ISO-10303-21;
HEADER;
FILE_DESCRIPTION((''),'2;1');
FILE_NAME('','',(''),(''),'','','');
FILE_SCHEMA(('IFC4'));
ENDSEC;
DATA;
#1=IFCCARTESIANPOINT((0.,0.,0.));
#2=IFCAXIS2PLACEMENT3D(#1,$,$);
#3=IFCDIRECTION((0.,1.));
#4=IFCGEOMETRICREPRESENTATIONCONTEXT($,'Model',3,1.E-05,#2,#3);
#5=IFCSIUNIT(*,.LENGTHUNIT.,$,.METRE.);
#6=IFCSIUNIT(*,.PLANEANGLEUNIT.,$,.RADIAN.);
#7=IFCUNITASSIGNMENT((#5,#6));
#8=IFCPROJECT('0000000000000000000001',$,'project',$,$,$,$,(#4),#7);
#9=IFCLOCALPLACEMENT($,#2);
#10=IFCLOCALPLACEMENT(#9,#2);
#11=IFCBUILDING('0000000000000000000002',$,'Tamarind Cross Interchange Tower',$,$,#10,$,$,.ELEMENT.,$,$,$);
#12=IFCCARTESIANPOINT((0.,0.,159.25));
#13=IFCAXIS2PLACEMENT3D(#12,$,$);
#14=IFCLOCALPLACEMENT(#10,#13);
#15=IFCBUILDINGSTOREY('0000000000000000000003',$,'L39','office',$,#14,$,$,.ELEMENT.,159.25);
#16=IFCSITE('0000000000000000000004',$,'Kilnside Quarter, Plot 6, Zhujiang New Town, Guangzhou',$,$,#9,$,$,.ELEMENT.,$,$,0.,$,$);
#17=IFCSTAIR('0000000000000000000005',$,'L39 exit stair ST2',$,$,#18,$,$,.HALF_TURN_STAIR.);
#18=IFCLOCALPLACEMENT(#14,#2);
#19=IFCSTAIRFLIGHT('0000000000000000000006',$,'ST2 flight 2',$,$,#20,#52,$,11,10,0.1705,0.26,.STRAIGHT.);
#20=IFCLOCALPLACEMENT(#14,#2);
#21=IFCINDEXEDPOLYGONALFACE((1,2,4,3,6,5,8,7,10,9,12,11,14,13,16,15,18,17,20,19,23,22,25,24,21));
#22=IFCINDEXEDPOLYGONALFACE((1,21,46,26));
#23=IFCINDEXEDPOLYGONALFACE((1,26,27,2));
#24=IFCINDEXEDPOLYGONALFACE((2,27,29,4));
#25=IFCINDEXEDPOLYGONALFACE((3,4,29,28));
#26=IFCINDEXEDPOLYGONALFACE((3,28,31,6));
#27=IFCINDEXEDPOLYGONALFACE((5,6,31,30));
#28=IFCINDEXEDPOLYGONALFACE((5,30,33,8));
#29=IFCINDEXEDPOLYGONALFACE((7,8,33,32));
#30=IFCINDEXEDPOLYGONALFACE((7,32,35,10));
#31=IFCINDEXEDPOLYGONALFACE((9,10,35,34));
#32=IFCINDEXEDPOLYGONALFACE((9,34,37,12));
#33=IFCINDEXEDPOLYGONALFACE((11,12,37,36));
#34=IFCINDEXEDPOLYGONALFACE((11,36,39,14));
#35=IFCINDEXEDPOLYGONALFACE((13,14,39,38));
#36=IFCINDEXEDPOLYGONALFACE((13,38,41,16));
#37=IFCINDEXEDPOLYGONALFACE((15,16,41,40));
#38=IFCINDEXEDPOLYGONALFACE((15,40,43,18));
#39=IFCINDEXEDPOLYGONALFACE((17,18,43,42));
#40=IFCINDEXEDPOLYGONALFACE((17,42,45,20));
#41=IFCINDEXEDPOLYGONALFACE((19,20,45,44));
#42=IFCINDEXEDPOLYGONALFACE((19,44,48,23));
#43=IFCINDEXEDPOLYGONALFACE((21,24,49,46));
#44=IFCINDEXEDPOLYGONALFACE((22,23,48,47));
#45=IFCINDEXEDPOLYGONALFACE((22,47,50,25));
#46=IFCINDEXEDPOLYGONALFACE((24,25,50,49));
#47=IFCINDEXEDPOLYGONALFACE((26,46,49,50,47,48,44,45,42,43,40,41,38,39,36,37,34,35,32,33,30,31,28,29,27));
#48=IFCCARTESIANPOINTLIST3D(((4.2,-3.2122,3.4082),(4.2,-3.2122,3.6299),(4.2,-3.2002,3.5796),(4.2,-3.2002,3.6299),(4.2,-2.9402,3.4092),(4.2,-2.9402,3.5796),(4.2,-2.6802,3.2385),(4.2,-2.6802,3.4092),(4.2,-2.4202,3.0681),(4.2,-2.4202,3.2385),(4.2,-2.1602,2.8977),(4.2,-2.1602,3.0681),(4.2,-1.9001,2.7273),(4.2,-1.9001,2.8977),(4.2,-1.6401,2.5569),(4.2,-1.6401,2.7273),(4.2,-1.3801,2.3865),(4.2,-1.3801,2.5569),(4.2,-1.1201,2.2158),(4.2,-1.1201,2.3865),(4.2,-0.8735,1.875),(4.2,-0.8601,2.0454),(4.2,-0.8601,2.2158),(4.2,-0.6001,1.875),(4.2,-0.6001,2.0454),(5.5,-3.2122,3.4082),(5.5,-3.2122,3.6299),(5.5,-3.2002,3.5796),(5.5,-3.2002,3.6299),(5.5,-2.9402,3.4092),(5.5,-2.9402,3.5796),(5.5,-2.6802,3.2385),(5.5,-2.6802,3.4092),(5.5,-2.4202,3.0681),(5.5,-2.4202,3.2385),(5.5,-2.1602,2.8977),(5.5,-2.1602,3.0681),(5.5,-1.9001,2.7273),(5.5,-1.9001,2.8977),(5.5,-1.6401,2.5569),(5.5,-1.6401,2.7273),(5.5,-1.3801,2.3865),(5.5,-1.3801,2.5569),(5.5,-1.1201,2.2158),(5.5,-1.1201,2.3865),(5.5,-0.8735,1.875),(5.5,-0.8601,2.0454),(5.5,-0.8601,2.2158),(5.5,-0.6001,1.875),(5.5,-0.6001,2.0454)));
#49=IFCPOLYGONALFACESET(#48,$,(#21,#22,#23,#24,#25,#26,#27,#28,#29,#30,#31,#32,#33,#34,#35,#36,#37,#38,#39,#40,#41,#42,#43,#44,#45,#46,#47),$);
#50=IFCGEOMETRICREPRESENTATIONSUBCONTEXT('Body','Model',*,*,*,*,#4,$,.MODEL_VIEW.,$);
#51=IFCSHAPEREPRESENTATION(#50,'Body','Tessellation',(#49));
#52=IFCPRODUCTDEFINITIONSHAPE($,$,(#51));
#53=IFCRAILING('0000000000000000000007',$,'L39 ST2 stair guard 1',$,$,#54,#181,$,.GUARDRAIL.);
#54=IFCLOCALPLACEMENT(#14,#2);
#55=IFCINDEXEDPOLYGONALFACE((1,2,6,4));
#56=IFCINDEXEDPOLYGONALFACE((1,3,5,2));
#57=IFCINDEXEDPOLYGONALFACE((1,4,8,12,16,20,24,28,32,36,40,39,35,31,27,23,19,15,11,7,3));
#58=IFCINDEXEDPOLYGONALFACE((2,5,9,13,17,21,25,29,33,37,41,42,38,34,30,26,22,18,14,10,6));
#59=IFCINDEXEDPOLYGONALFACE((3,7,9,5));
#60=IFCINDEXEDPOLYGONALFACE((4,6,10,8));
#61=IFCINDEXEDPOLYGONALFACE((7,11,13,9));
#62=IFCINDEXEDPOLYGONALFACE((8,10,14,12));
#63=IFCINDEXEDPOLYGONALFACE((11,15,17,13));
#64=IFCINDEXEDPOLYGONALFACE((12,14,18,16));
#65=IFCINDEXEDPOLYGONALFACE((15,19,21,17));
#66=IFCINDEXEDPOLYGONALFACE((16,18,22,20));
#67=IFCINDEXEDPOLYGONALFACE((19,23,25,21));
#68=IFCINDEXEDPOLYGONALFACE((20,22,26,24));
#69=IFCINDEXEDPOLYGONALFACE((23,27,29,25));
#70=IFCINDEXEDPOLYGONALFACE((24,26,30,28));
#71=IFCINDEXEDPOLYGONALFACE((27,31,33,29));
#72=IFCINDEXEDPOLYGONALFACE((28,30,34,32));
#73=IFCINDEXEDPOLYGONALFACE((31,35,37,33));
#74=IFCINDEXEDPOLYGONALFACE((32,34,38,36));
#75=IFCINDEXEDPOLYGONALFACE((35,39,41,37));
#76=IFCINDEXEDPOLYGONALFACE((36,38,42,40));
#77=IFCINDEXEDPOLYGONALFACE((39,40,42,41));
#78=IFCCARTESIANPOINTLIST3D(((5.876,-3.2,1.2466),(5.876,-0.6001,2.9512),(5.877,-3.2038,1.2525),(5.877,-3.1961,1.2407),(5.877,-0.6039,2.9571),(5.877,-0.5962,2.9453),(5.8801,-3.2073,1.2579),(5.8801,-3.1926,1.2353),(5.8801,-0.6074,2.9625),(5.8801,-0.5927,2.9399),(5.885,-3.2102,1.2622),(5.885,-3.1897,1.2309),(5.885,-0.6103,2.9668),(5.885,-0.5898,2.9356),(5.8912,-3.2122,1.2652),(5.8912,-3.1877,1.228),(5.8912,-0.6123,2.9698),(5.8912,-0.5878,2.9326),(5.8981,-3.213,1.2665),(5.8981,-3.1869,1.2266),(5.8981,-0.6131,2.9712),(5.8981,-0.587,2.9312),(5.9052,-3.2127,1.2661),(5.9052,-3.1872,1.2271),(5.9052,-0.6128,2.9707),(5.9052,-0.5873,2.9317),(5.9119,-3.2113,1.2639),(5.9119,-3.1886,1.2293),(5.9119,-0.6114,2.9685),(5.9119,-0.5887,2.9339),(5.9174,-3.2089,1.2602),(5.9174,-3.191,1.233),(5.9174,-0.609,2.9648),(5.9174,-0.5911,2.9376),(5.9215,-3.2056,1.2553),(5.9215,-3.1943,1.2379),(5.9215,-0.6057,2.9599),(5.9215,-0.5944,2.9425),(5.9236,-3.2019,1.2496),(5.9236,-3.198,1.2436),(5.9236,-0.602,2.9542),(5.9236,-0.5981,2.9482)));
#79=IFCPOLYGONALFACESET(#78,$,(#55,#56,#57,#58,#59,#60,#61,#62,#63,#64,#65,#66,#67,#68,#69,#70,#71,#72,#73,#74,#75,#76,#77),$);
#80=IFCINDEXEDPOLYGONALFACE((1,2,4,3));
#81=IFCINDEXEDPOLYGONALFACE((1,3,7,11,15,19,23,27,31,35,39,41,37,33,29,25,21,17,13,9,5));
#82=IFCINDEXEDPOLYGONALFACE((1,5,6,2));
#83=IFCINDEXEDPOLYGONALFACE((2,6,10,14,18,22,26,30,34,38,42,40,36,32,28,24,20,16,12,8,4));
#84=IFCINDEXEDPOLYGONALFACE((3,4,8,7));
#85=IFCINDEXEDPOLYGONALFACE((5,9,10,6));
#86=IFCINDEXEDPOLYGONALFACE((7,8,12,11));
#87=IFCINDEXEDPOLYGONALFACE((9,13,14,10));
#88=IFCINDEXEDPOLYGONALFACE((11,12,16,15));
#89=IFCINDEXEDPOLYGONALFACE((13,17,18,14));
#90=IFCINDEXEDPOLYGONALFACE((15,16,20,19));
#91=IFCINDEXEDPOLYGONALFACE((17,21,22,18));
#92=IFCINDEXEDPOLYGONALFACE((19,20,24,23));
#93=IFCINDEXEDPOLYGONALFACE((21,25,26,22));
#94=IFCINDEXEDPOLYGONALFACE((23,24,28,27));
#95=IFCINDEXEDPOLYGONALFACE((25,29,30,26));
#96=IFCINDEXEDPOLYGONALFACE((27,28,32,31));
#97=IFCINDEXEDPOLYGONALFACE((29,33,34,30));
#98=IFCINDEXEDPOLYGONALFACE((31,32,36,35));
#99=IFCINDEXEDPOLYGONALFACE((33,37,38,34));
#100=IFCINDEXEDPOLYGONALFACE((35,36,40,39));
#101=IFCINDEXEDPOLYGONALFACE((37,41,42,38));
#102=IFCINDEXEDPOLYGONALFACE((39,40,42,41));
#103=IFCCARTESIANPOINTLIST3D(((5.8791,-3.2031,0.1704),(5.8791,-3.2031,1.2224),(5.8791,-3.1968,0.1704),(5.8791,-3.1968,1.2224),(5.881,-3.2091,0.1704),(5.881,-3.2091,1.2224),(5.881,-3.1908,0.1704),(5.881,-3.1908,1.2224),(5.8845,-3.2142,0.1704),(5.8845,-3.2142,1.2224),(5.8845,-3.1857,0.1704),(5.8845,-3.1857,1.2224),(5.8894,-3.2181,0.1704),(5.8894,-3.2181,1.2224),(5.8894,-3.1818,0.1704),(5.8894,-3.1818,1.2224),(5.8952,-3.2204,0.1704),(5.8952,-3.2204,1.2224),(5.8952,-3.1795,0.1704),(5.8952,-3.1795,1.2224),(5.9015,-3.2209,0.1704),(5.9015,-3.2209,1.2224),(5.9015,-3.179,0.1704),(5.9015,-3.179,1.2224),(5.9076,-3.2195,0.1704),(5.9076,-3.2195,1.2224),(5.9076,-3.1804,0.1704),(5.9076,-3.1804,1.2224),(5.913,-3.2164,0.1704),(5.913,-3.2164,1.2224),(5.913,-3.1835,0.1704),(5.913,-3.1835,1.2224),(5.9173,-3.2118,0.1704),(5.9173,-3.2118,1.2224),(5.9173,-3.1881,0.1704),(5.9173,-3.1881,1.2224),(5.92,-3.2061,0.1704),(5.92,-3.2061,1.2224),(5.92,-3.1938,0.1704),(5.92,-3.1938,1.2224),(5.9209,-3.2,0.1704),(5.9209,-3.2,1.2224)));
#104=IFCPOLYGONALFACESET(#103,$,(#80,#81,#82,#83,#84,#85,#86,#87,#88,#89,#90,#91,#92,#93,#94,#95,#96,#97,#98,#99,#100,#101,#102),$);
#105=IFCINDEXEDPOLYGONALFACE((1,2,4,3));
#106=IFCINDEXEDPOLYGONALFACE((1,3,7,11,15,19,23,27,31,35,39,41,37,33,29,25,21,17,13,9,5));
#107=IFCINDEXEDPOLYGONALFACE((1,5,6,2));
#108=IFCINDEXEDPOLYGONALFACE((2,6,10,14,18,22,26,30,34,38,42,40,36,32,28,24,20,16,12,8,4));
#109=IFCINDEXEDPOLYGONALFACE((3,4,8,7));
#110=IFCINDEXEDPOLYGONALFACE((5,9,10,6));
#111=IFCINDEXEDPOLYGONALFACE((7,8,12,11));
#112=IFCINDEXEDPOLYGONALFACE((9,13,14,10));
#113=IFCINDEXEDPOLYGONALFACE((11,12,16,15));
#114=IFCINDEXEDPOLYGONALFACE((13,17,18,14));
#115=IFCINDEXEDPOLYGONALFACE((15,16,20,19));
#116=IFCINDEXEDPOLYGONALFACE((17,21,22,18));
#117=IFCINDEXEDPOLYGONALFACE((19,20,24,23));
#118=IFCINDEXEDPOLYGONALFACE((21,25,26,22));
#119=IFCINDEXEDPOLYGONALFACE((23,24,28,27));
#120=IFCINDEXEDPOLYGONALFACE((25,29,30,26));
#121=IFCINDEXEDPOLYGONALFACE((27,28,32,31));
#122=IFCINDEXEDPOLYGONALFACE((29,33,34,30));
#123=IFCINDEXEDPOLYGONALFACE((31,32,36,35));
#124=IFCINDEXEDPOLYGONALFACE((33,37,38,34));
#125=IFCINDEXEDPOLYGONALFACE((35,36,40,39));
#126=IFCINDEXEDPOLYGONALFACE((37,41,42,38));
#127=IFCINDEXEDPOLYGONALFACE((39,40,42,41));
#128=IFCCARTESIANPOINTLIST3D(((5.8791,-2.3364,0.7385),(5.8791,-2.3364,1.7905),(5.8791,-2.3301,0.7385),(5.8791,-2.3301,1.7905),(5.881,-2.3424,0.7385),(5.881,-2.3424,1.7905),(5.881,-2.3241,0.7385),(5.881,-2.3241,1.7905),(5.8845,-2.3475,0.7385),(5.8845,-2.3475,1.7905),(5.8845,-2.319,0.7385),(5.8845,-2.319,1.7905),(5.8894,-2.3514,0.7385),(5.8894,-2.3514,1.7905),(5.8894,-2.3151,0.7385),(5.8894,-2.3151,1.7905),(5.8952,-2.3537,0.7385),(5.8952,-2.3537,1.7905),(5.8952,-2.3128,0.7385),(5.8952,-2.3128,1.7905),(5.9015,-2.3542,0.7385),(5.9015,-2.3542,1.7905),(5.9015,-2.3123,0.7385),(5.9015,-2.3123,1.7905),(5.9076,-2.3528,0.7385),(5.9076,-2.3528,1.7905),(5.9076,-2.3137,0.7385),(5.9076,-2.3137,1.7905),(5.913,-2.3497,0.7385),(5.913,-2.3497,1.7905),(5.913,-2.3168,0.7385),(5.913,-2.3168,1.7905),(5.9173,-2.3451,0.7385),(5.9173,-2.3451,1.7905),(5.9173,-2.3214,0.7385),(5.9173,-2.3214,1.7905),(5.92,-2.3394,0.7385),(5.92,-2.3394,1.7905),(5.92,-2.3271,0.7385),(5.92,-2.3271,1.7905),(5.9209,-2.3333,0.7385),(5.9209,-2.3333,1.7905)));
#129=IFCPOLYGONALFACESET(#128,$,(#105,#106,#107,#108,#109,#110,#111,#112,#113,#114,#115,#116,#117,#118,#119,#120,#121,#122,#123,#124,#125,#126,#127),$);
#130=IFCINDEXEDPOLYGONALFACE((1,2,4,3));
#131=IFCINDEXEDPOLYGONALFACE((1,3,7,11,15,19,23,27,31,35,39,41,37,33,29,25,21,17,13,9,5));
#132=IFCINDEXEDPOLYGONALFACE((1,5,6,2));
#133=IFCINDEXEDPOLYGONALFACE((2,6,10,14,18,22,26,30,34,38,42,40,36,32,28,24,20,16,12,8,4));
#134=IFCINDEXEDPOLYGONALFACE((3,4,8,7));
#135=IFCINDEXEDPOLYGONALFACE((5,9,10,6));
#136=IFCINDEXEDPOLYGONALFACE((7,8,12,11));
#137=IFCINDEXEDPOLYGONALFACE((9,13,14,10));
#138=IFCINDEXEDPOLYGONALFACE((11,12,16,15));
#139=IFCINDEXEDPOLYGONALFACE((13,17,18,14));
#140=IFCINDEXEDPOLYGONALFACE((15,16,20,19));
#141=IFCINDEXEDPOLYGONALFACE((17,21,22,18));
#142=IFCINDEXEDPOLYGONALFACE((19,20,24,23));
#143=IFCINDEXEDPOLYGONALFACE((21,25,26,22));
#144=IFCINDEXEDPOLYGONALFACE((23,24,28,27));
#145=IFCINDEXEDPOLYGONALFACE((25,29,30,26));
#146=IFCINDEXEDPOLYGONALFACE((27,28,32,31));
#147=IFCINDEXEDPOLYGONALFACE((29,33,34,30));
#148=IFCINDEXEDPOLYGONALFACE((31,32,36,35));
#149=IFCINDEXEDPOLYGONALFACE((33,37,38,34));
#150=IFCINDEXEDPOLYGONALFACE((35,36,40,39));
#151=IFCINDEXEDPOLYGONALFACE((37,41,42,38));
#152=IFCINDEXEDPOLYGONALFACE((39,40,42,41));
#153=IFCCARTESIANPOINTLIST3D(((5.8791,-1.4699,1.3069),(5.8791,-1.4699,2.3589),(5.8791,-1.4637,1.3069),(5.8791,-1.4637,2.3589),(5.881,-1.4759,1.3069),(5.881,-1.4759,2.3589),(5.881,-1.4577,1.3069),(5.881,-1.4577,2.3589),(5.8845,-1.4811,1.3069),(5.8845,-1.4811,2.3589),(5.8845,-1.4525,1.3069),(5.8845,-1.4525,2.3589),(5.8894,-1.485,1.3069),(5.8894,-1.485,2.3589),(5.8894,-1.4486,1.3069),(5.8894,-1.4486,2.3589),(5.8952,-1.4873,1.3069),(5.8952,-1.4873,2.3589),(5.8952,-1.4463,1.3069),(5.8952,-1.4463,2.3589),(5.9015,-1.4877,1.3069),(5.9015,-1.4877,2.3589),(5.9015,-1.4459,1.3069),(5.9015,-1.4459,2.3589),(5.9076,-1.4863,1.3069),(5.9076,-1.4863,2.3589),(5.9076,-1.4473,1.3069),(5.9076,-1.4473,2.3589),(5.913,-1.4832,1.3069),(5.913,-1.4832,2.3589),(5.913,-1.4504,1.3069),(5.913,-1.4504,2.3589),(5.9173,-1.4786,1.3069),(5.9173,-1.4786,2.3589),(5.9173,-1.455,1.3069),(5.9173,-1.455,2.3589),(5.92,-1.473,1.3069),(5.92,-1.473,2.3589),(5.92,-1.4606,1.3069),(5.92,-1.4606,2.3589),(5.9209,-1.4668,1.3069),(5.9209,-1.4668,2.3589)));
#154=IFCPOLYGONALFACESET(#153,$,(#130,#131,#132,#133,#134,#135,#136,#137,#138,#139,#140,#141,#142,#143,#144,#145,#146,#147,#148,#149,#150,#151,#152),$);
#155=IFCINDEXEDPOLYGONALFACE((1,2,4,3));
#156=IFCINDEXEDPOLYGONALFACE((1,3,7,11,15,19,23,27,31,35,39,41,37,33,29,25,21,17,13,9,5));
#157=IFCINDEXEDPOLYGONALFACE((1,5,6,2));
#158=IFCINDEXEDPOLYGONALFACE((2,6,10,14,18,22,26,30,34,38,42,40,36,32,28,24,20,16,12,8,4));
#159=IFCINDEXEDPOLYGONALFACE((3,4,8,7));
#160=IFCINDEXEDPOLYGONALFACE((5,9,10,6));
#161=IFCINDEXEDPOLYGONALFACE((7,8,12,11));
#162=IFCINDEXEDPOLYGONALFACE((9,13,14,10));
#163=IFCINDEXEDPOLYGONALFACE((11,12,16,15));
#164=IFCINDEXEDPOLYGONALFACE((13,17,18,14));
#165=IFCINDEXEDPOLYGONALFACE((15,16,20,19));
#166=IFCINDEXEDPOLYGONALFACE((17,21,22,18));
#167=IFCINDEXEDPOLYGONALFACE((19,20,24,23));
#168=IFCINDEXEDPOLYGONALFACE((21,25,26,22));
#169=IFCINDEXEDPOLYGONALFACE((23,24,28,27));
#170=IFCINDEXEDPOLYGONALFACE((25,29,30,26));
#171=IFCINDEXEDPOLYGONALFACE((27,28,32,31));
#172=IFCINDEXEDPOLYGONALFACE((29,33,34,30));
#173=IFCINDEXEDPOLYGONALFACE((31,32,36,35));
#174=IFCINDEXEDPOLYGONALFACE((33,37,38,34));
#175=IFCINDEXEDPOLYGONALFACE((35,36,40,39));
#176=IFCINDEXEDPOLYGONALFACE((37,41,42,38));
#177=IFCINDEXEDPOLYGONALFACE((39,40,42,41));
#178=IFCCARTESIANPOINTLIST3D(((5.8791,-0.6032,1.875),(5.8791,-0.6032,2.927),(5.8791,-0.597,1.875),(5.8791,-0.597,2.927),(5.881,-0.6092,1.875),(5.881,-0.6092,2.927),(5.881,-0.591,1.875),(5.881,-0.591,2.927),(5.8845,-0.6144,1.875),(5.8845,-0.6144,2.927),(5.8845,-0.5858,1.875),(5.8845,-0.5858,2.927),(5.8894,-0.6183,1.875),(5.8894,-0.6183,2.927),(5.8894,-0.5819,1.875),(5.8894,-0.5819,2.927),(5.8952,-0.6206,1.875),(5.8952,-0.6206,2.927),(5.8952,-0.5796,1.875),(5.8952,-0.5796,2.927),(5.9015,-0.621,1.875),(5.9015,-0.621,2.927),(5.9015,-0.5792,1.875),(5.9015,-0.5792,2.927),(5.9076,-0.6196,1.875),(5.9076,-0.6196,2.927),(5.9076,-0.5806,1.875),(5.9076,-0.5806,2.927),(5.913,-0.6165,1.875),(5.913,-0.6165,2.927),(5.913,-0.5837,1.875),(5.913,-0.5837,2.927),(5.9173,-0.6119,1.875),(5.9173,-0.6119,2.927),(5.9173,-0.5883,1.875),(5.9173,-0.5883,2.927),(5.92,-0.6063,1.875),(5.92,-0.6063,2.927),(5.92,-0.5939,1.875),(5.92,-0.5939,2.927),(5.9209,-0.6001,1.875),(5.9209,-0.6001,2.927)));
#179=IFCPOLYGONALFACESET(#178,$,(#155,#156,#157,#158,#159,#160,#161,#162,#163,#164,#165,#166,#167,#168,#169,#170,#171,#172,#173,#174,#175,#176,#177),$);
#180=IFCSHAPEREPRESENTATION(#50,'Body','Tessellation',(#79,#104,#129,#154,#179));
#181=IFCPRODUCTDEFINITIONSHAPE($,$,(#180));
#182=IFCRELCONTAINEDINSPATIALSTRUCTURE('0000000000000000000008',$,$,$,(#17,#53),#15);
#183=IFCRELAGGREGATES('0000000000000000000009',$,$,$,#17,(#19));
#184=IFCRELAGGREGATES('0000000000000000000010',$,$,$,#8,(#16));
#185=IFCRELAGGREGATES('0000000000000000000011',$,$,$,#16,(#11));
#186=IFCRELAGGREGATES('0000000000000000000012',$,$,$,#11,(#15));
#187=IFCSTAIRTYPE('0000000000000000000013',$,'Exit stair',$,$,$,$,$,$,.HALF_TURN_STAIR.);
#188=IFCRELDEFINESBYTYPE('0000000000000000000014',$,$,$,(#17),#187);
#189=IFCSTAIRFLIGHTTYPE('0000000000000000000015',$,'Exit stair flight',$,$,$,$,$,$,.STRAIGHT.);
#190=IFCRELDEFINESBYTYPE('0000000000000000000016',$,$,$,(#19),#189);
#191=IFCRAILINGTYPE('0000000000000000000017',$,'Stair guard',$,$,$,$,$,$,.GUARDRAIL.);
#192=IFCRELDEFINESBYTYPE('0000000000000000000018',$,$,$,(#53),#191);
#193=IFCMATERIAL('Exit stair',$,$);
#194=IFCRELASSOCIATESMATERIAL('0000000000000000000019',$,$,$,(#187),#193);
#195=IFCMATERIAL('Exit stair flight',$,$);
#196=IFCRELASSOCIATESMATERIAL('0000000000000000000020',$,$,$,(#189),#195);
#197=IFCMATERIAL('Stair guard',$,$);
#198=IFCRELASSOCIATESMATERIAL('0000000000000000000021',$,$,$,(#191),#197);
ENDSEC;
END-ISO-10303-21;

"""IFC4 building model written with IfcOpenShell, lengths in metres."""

from ifc_helpers import new_model, si_unit, direction, frame, origin, origin_2d, place, context, subcontext, project, spatial, polyline, circle, outline, extrude, material, type_object, element, aggregate, save


model = new_model("IFC4")

# Units and contexts
model_context = context("Model", 3, precision=1e-05, world=origin(), true_north=direction((0.0, 1.0)))
body_context = subcontext(model_context, "Body", "Model", "MODEL_VIEW")
ifc_project = project(units=[si_unit("LENGTHUNIT", "METRE"), si_unit("PLANEANGLEUNIT", "RADIAN")], contexts=[model_context])

# Site, building, storey
site_placement = place(None, origin())
site = spatial("IfcSite", under=ifc_project, at=site_placement, Name="Kilnside Quarter, Plot 6, Zhujiang New Town, Guangzhou", CompositionType="ELEMENT", RefElevation=0.0)
building_placement = place(site_placement, origin())
building = spatial("IfcBuilding", under=site, at=building_placement, Name="Tamarind Cross Interchange Tower", CompositionType="ELEMENT")
storey_placement = place(building_placement, frame((0.0, 0.0, 159.25)))
storey = spatial("IfcBuildingStorey", under=building, at=storey_placement, Name="L39", Description="office", CompositionType="ELEMENT", Elevation=159.25)

# Stair, stair flight
ifc_material_1 = material(Name="Exit stair")
stair_type = type_object("IfcStairType", Name="Exit stair", PredefinedType="HALF_TURN_STAIR", material=ifc_material_1)
stair_placement = place(storey_placement, origin())
stair = element("IfcStair", 1, at=stair_placement, inside=storey, type_object=stair_type, Name="L39 exit stair ST2", PredefinedType="HALF_TURN_STAIR")
ifc_material_2 = material(Name="Exit stair flight")
stair_flight_type = type_object("IfcStairFlightType", Name="Exit stair flight", PredefinedType="STRAIGHT", material=ifc_material_2)
stair_flight_1_placement = place(storey_placement, frame((4.8501, -0.6001, 1.875), z_axis=(0.0, 0.0, 1.0), x_axis=(0.0, -1.0, 0.0)))
stair_flight_1 = element("IfcStairFlight", 2, at=stair_flight_1_placement, type_object=stair_flight_type, Name="ST2 flight 2", NumberOfRisers=11, NumberOfTreads=10, PredefinedType="STRAIGHT", RiserHeight=0.1705, TreadLength=0.26, context=body_context, shape_type="SweptSolid", body=[
    extrude(outline(polyline([(0.0, 0.0), (0.0, 0.1704), (0.26, 0.1704), (0.26, 0.3408), (0.52, 0.3408), (0.52, 0.5115), (0.78, 0.5115), (0.78, 0.6819), (1.04, 0.6819), (1.04, 0.8523), (1.3, 0.8523), (1.3, 1.0227), (1.5601, 1.0227), (1.5601, 1.1931), (1.8201, 1.1931), (1.8201, 1.3635), (2.0801, 1.3635), (2.0801, 1.5342), (2.3401, 1.5342), (2.3401, 1.7046), (2.6001, 1.7046), (2.6001, 1.7549), (2.6121, 1.7549), (2.6121, 1.5332), (0.2734, 0.0), (0.0, 0.0)])), frame((0.0, 0.6499, 0.0), z_axis=(0.0, -1.0, 0.0), x_axis=(1.0, 0.0, 0.0)), (0.0, 0.0, 1.0), 1.3),
])
aggregate(stair, [stair_flight_1])

# Railing
ifc_material_3 = material(Name="Stair guard")
railing_type_1 = type_object("IfcRailingType", Name="Stair guard", PredefinedType="GUARDRAIL", material=ifc_material_3)
railing_1_placement = place(storey_placement, frame((5.8999, -3.2, 0.1704)))
element("IfcRailing", 3, at=railing_1_placement, inside=storey, type_object=railing_type_1, Name="L39 ST2 stair guard 1", PredefinedType="GUARDRAIL", context=body_context, shape_type="SweptSolid", body=[
    extrude(circle(Radius=0.0239, at=origin_2d()), frame((0.0, 0.0, 1.0762), z_axis=(0.0, 0.836279, 0.548305), x_axis=(-1.0, 0.0, 0.0)), (0.0, 0.0, 1.0), 3.1089),
    extrude(circle(Radius=0.021, at=origin_2d()), origin(), (0.0, 0.0, 1.0), 1.052),
    extrude(circle(Radius=0.021, at=origin_2d()), frame((0.0, 0.8667, 0.5681)), (0.0, 0.0, 1.0), 1.052),
    extrude(circle(Radius=0.021, at=origin_2d()), frame((0.0, 1.7332, 1.1365)), (0.0, 0.0, 1.0), 1.052),
    extrude(circle(Radius=0.021, at=origin_2d()), frame((0.0, 2.5999, 1.7046)), (0.0, 0.0, 1.0), 1.052),
])

save(model, "model.ifc")
